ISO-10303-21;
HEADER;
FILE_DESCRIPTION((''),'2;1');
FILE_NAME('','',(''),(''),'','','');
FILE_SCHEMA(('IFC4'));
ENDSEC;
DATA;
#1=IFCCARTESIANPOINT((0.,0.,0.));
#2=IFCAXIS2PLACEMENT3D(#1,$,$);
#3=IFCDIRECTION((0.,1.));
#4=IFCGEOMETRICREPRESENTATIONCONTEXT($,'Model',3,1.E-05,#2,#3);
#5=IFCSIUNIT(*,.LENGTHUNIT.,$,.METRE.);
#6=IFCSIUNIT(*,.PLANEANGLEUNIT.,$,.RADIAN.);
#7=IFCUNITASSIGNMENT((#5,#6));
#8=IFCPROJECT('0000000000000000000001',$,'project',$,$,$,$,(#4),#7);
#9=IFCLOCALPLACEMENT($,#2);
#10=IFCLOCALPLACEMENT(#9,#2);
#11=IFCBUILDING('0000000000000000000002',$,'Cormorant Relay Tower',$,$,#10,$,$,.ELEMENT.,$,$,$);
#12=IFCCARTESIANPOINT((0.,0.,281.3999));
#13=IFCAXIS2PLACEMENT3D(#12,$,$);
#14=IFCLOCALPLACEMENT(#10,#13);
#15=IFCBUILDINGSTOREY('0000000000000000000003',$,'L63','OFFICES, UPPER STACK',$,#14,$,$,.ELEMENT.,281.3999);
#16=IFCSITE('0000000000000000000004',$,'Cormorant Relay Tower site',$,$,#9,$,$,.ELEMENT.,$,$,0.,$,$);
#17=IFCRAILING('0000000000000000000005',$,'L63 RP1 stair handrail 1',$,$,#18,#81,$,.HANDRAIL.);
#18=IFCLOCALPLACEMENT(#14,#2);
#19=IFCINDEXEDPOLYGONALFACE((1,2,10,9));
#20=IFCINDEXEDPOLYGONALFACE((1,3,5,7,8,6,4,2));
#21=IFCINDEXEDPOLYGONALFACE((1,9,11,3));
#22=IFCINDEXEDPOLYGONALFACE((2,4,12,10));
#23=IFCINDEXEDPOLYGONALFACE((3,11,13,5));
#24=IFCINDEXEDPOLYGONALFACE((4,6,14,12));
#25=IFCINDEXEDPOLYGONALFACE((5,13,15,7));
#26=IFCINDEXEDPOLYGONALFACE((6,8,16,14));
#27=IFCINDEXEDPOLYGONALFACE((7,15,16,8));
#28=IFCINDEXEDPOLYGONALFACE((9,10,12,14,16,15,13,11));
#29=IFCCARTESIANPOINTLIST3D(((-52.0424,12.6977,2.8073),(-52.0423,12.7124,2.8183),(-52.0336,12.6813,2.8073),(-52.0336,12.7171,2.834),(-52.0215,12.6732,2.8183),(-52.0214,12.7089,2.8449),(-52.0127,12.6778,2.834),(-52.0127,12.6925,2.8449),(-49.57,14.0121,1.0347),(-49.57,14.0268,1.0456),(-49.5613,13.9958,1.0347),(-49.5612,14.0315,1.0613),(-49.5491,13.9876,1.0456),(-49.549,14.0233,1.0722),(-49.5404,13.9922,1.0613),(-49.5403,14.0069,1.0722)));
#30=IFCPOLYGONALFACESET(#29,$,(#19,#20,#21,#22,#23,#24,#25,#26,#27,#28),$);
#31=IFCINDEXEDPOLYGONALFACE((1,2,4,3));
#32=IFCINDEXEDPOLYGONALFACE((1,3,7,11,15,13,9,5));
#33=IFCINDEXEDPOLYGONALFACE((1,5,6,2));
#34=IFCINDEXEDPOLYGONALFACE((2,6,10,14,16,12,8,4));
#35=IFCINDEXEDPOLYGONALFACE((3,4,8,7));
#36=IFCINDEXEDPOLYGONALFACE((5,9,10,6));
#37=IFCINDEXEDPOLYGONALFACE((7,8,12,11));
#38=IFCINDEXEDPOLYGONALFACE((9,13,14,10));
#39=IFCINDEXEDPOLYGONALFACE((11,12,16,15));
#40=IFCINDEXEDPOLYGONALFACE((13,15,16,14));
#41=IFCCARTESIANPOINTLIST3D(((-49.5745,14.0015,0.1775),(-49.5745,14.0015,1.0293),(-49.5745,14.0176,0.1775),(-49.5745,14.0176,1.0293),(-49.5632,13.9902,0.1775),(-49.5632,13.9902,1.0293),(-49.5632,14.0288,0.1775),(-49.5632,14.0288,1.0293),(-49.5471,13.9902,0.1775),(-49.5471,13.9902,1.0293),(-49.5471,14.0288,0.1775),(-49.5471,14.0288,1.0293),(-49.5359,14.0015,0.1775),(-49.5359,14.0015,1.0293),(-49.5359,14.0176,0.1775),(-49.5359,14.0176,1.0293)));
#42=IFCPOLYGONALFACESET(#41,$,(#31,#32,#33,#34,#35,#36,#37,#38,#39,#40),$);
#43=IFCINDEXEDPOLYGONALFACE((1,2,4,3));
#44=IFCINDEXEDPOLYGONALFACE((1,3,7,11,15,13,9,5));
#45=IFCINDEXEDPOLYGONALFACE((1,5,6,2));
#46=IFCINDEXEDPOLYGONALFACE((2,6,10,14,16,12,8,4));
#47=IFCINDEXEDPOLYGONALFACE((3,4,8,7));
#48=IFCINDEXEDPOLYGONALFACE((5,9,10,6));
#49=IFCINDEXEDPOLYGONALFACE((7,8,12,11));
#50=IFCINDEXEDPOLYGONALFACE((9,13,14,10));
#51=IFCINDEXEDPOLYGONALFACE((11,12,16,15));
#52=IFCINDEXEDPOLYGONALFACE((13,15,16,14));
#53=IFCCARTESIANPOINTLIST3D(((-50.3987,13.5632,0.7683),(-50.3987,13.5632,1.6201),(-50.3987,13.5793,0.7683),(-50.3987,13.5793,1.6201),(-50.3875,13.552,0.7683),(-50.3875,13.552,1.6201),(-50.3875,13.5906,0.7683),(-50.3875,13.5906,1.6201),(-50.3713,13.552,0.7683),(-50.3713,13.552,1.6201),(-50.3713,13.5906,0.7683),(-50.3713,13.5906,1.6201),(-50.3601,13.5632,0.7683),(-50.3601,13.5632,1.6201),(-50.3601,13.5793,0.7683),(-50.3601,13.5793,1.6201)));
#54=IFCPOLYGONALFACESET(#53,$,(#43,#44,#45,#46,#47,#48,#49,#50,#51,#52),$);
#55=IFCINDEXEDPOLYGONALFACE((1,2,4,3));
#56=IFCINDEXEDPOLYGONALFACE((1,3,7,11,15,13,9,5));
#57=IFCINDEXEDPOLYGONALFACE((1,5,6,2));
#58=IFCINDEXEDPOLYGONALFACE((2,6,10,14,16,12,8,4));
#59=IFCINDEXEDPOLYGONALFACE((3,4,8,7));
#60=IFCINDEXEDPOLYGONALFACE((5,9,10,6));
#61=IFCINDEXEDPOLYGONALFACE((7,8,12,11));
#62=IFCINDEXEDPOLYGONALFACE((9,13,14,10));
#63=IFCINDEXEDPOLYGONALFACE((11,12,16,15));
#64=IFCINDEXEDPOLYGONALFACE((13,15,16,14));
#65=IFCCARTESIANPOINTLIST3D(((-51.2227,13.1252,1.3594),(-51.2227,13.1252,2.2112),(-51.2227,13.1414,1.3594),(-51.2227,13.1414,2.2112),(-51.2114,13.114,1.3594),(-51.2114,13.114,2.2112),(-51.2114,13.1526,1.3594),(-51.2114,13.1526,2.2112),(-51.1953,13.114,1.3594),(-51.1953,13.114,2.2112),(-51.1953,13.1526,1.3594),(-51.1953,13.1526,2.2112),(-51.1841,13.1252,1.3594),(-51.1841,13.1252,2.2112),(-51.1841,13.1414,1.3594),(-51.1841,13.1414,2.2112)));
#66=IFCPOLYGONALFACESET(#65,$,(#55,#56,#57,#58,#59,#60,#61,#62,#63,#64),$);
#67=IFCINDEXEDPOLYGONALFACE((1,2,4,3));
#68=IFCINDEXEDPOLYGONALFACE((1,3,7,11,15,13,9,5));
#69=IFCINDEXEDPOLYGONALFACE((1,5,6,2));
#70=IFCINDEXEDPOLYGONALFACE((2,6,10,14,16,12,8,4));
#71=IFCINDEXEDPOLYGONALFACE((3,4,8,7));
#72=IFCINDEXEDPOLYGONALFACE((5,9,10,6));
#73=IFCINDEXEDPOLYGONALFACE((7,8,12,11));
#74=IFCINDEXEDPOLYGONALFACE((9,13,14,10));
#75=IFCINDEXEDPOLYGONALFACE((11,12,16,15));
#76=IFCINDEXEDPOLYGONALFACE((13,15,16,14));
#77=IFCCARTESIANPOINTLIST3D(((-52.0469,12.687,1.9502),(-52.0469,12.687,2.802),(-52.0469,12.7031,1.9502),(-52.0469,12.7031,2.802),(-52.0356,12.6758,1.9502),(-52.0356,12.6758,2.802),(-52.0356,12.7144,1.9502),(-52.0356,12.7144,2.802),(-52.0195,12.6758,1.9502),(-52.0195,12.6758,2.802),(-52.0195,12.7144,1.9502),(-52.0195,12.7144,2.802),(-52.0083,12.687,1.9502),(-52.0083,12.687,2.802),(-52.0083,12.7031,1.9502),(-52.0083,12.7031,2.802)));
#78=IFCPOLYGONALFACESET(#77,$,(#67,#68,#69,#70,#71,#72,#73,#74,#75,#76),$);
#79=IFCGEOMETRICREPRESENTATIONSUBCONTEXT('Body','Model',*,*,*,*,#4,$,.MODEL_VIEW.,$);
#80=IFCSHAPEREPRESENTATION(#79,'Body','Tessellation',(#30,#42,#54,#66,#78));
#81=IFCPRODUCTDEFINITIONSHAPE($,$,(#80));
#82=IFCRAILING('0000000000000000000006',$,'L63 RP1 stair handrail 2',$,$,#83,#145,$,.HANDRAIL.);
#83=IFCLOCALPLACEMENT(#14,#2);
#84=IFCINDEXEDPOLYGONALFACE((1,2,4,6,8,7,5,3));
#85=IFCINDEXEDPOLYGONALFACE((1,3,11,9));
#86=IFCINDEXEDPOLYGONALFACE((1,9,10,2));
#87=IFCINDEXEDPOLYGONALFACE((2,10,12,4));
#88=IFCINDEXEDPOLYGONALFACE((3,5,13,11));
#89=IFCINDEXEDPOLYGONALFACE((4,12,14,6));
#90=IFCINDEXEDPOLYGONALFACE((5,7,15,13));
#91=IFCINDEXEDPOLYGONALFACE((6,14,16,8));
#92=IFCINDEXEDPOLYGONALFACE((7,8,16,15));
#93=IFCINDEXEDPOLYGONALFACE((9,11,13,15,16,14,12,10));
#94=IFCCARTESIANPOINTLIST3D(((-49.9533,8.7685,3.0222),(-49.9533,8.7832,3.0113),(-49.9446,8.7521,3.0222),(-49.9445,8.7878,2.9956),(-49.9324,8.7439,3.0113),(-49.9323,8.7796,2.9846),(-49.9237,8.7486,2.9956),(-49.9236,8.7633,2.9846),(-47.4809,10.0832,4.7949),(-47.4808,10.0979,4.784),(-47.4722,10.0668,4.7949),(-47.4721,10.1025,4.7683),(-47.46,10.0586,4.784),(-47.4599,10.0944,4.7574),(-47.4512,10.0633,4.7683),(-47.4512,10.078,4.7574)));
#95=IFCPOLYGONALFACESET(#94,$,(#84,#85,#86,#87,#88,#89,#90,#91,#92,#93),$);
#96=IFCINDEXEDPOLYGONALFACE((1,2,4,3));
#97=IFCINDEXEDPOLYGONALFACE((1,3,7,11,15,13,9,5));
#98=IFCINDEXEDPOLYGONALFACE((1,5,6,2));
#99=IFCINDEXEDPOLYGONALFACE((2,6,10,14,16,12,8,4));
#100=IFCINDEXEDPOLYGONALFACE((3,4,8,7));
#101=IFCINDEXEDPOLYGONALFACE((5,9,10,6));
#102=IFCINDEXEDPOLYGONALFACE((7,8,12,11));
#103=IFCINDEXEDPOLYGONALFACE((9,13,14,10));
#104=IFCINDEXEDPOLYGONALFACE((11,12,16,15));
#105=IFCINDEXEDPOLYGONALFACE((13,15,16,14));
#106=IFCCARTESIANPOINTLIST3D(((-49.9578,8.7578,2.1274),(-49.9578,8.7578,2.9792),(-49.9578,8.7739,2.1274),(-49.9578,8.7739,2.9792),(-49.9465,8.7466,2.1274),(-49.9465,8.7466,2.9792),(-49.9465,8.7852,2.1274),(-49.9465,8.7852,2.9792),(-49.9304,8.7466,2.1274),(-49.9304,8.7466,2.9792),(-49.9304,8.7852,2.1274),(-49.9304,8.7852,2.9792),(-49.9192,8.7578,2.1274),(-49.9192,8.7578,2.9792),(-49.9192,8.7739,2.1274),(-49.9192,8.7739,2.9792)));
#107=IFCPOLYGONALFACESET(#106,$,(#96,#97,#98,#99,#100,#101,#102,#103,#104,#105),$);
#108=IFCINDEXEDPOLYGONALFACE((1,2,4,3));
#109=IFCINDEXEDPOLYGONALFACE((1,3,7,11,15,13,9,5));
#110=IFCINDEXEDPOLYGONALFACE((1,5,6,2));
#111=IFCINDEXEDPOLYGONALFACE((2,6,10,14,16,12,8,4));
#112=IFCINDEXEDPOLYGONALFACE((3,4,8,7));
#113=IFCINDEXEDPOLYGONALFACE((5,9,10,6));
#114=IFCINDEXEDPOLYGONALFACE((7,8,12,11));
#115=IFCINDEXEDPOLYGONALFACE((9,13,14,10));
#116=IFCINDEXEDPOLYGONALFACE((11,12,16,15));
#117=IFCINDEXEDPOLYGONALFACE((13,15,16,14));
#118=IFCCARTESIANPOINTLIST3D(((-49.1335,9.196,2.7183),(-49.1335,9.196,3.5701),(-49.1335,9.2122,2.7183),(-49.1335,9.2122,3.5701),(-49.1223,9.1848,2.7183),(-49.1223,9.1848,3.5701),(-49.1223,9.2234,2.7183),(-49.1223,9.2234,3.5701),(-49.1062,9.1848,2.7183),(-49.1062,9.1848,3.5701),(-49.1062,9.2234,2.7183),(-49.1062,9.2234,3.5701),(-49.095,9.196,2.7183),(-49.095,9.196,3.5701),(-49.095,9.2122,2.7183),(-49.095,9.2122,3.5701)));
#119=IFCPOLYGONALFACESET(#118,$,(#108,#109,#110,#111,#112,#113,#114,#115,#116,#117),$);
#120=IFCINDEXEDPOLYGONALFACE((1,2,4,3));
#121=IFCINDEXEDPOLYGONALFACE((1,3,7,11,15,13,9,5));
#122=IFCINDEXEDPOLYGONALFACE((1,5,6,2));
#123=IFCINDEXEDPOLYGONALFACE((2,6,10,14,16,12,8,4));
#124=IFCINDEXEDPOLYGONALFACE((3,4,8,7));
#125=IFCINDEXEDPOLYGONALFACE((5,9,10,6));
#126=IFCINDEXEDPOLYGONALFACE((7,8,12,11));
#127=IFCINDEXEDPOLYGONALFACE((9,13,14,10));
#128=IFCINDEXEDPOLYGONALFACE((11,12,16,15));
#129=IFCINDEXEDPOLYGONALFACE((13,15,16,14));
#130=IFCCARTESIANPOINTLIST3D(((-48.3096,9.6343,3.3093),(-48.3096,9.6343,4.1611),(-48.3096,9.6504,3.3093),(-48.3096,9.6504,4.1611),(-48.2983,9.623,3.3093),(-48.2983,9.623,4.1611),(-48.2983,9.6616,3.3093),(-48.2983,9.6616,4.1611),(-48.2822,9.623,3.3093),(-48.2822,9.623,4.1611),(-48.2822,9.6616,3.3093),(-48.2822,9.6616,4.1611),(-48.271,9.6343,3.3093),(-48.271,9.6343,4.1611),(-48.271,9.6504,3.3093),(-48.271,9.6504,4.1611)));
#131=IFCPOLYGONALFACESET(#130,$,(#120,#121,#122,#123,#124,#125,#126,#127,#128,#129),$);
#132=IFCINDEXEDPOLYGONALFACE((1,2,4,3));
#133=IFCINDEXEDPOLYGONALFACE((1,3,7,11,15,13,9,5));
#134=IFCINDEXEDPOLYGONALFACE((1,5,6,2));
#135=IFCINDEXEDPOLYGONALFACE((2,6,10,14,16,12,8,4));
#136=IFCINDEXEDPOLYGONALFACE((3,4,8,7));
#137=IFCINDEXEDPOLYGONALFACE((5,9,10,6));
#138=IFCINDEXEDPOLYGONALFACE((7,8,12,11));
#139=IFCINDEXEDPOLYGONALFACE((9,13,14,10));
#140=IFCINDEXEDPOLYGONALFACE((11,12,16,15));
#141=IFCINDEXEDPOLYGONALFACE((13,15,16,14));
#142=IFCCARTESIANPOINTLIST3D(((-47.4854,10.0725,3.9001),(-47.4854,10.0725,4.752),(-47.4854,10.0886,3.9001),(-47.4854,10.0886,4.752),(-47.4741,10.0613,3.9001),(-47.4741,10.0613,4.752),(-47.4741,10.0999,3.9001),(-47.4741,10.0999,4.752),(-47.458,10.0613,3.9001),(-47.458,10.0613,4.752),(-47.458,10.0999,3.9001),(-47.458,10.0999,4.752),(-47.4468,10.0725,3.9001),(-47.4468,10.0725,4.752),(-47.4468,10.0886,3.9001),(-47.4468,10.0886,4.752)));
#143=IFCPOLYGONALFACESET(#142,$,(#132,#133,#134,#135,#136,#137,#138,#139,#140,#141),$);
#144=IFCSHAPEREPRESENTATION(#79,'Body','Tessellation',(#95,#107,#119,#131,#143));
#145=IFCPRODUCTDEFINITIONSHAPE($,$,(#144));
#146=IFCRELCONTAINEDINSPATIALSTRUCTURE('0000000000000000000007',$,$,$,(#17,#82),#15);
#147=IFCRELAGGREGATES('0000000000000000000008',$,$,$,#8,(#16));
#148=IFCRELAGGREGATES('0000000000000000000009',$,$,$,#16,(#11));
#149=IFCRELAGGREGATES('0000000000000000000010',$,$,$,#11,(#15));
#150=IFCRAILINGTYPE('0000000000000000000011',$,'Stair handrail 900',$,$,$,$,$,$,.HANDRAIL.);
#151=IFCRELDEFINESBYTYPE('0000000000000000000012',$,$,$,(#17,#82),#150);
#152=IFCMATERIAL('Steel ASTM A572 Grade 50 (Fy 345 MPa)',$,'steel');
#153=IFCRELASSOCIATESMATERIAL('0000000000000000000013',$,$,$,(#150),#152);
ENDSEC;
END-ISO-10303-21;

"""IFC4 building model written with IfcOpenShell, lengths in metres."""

from ifc_helpers import new_model, si_unit, direction, frame, origin, place, context, subcontext, project, spatial, polyline, outline, extrude, material, type_object, element, save


model = new_model("IFC4")

# Units and contexts
model_context = context("Model", 3, precision=1e-05, world=origin(), true_north=direction((0.0, 1.0)))
body_context = subcontext(model_context, "Body", "Model", "MODEL_VIEW")
ifc_project = project(units=[si_unit("LENGTHUNIT", "METRE"), si_unit("PLANEANGLEUNIT", "RADIAN")], contexts=[model_context])

# Site, building, storey
site_placement = place(None, origin())
site = spatial("IfcSite", under=ifc_project, at=site_placement, Name="Cormorant Relay Tower site", CompositionType="ELEMENT", RefElevation=0.0)
building_placement = place(site_placement, origin())
building = spatial("IfcBuilding", under=site, at=building_placement, Name="Cormorant Relay Tower", CompositionType="ELEMENT")
storey_placement = place(building_placement, frame((0.0, 0.0, 281.3999)))
storey = spatial("IfcBuildingStorey", under=building, at=storey_placement, Name="L63", Description="OFFICES, UPPER STACK", CompositionType="ELEMENT", Elevation=281.3999)

# Railings
ifc_material_1 = material(Name="Steel ASTM A572 Grade 50 (Fy 345 MPa)", Category="steel")
railing_type_1 = type_object("IfcRailingType", Name="Stair handrail 900", PredefinedType="HANDRAIL", material=ifc_material_1)
railing_1_placement = place(storey_placement, frame((-49.5552, 14.0095, 0.1775)))
element("IfcRailing", 1, at=railing_1_placement, inside=storey, type_object=railing_type_1, Name="L63 RP1 stair handrail 1", PredefinedType="HANDRAIL", context=body_context, shape_type="SweptSolid", body=[
    extrude(outline(polyline([(0.0222, 0.0093), (0.0093, 0.0222), (-0.0093, 0.0222), (-0.0222, 0.0093), (-0.0222, -0.0093), (-0.0093, -0.0222), (0.0093, -0.0222), (0.0222, -0.0093), (0.0222, 0.0093)])), frame((0.0, 0.0, 0.876), z_axis=(-0.746034, -0.396627, 0.534902), x_axis=(0.469429, -0.88297, 0.0)), (0.0, 0.0, 1.0), 3.314),
    extrude(outline(polyline([(0.0193, 0.0081), (0.0081, 0.0193), (-0.0081, 0.0193), (-0.0193, 0.0081), (-0.0193, -0.0081), (-0.0081, -0.0193), (0.0081, -0.0193), (0.0193, -0.0081), (0.0193, 0.0081)])), origin(), (0.0, 0.0, 1.0), 0.8518),
    extrude(outline(polyline([(0.0193, 0.0081), (0.0081, 0.0193), (-0.0081, 0.0193), (-0.0193, 0.0081), (-0.0193, -0.0081), (-0.0081, -0.0193), (0.0081, -0.0193), (0.0193, -0.0081), (0.0193, 0.0081)])), frame((-0.8242, -0.4382, 0.5908)), (0.0, 0.0, 1.0), 0.8518),
    extrude(outline(polyline([(0.0193, 0.0081), (0.0081, 0.0193), (-0.0081, 0.0193), (-0.0193, 0.0081), (-0.0193, -0.0081), (-0.0081, -0.0193), (0.0081, -0.0193), (0.0193, -0.0081), (0.0193, 0.0081)])), frame((-1.6482, -0.8762, 1.1819)), (0.0, 0.0, 1.0), 0.8518),
    extrude(outline(polyline([(0.0193, 0.0081), (0.0081, 0.0193), (-0.0081, 0.0193), (-0.0193, 0.0081), (-0.0193, -0.0081), (-0.0081, -0.0193), (0.0081, -0.0193), (0.0193, -0.0081), (0.0193, 0.0081)])), frame((-2.4724, -1.3145, 1.7727)), (0.0, 0.0, 1.0), 0.8518),
])
railing_2_placement = place(storey_placement, frame((-49.9385, 8.7659, 2.1274)))
element("IfcRailing", 2, at=railing_2_placement, inside=storey, type_object=railing_type_1, Name="L63 RP1 stair handrail 2", PredefinedType="HANDRAIL", context=body_context, shape_type="SweptSolid", body=[
    extrude(outline(polyline([(0.0222, 0.0093), (0.0093, 0.0222), (-0.0093, 0.0222), (-0.0222, 0.0093), (-0.0222, -0.0093), (-0.0093, -0.0222), (0.0093, -0.0222), (0.0222, -0.0093), (0.0222, 0.0093)])), frame((0.0, 0.0, 0.876), z_axis=(0.746012, 0.39669, 0.534886), x_axis=(-0.469497, 0.882934, 0.0)), (0.0, 0.0, 1.0), 3.3142),
    extrude(outline(polyline([(0.0193, 0.0081), (0.0081, 0.0193), (-0.0081, 0.0193), (-0.0193, 0.0081), (-0.0193, -0.0081), (-0.0081, -0.0193), (0.0081, -0.0193), (0.0193, -0.0081), (0.0193, 0.0081)])), origin(), (0.0, 0.0, 1.0), 0.8518),
    extrude(outline(polyline([(0.0193, 0.0081), (0.0081, 0.0193), (-0.0081, 0.0193), (-0.0193, 0.0081), (-0.0193, -0.0081), (-0.0081, -0.0193), (0.0081, -0.0193), (0.0193, -0.0081), (0.0193, 0.0081)])), frame((0.8242, 0.4382, 0.5908)), (0.0, 0.0, 1.0), 0.8518),
    extrude(outline(polyline([(0.0193, 0.0081), (0.0081, 0.0193), (-0.0081, 0.0193), (-0.0193, 0.0081), (-0.0193, -0.0081), (-0.0081, -0.0193), (0.0081, -0.0193), (0.0193, -0.0081), (0.0193, 0.0081)])), frame((1.6482, 0.8765, 1.1819)), (0.0, 0.0, 1.0), 0.8518),
    extrude(outline(polyline([(0.0193, 0.0081), (0.0081, 0.0193), (-0.0081, 0.0193), (-0.0193, 0.0081), (-0.0193, -0.0081), (-0.0081, -0.0193), (0.0081, -0.0193), (0.0193, -0.0081), (0.0193, 0.0081)])), frame((2.4724, 1.3147, 1.7727)), (0.0, 0.0, 1.0), 0.8518),
])

save(model, "model.ifc")
